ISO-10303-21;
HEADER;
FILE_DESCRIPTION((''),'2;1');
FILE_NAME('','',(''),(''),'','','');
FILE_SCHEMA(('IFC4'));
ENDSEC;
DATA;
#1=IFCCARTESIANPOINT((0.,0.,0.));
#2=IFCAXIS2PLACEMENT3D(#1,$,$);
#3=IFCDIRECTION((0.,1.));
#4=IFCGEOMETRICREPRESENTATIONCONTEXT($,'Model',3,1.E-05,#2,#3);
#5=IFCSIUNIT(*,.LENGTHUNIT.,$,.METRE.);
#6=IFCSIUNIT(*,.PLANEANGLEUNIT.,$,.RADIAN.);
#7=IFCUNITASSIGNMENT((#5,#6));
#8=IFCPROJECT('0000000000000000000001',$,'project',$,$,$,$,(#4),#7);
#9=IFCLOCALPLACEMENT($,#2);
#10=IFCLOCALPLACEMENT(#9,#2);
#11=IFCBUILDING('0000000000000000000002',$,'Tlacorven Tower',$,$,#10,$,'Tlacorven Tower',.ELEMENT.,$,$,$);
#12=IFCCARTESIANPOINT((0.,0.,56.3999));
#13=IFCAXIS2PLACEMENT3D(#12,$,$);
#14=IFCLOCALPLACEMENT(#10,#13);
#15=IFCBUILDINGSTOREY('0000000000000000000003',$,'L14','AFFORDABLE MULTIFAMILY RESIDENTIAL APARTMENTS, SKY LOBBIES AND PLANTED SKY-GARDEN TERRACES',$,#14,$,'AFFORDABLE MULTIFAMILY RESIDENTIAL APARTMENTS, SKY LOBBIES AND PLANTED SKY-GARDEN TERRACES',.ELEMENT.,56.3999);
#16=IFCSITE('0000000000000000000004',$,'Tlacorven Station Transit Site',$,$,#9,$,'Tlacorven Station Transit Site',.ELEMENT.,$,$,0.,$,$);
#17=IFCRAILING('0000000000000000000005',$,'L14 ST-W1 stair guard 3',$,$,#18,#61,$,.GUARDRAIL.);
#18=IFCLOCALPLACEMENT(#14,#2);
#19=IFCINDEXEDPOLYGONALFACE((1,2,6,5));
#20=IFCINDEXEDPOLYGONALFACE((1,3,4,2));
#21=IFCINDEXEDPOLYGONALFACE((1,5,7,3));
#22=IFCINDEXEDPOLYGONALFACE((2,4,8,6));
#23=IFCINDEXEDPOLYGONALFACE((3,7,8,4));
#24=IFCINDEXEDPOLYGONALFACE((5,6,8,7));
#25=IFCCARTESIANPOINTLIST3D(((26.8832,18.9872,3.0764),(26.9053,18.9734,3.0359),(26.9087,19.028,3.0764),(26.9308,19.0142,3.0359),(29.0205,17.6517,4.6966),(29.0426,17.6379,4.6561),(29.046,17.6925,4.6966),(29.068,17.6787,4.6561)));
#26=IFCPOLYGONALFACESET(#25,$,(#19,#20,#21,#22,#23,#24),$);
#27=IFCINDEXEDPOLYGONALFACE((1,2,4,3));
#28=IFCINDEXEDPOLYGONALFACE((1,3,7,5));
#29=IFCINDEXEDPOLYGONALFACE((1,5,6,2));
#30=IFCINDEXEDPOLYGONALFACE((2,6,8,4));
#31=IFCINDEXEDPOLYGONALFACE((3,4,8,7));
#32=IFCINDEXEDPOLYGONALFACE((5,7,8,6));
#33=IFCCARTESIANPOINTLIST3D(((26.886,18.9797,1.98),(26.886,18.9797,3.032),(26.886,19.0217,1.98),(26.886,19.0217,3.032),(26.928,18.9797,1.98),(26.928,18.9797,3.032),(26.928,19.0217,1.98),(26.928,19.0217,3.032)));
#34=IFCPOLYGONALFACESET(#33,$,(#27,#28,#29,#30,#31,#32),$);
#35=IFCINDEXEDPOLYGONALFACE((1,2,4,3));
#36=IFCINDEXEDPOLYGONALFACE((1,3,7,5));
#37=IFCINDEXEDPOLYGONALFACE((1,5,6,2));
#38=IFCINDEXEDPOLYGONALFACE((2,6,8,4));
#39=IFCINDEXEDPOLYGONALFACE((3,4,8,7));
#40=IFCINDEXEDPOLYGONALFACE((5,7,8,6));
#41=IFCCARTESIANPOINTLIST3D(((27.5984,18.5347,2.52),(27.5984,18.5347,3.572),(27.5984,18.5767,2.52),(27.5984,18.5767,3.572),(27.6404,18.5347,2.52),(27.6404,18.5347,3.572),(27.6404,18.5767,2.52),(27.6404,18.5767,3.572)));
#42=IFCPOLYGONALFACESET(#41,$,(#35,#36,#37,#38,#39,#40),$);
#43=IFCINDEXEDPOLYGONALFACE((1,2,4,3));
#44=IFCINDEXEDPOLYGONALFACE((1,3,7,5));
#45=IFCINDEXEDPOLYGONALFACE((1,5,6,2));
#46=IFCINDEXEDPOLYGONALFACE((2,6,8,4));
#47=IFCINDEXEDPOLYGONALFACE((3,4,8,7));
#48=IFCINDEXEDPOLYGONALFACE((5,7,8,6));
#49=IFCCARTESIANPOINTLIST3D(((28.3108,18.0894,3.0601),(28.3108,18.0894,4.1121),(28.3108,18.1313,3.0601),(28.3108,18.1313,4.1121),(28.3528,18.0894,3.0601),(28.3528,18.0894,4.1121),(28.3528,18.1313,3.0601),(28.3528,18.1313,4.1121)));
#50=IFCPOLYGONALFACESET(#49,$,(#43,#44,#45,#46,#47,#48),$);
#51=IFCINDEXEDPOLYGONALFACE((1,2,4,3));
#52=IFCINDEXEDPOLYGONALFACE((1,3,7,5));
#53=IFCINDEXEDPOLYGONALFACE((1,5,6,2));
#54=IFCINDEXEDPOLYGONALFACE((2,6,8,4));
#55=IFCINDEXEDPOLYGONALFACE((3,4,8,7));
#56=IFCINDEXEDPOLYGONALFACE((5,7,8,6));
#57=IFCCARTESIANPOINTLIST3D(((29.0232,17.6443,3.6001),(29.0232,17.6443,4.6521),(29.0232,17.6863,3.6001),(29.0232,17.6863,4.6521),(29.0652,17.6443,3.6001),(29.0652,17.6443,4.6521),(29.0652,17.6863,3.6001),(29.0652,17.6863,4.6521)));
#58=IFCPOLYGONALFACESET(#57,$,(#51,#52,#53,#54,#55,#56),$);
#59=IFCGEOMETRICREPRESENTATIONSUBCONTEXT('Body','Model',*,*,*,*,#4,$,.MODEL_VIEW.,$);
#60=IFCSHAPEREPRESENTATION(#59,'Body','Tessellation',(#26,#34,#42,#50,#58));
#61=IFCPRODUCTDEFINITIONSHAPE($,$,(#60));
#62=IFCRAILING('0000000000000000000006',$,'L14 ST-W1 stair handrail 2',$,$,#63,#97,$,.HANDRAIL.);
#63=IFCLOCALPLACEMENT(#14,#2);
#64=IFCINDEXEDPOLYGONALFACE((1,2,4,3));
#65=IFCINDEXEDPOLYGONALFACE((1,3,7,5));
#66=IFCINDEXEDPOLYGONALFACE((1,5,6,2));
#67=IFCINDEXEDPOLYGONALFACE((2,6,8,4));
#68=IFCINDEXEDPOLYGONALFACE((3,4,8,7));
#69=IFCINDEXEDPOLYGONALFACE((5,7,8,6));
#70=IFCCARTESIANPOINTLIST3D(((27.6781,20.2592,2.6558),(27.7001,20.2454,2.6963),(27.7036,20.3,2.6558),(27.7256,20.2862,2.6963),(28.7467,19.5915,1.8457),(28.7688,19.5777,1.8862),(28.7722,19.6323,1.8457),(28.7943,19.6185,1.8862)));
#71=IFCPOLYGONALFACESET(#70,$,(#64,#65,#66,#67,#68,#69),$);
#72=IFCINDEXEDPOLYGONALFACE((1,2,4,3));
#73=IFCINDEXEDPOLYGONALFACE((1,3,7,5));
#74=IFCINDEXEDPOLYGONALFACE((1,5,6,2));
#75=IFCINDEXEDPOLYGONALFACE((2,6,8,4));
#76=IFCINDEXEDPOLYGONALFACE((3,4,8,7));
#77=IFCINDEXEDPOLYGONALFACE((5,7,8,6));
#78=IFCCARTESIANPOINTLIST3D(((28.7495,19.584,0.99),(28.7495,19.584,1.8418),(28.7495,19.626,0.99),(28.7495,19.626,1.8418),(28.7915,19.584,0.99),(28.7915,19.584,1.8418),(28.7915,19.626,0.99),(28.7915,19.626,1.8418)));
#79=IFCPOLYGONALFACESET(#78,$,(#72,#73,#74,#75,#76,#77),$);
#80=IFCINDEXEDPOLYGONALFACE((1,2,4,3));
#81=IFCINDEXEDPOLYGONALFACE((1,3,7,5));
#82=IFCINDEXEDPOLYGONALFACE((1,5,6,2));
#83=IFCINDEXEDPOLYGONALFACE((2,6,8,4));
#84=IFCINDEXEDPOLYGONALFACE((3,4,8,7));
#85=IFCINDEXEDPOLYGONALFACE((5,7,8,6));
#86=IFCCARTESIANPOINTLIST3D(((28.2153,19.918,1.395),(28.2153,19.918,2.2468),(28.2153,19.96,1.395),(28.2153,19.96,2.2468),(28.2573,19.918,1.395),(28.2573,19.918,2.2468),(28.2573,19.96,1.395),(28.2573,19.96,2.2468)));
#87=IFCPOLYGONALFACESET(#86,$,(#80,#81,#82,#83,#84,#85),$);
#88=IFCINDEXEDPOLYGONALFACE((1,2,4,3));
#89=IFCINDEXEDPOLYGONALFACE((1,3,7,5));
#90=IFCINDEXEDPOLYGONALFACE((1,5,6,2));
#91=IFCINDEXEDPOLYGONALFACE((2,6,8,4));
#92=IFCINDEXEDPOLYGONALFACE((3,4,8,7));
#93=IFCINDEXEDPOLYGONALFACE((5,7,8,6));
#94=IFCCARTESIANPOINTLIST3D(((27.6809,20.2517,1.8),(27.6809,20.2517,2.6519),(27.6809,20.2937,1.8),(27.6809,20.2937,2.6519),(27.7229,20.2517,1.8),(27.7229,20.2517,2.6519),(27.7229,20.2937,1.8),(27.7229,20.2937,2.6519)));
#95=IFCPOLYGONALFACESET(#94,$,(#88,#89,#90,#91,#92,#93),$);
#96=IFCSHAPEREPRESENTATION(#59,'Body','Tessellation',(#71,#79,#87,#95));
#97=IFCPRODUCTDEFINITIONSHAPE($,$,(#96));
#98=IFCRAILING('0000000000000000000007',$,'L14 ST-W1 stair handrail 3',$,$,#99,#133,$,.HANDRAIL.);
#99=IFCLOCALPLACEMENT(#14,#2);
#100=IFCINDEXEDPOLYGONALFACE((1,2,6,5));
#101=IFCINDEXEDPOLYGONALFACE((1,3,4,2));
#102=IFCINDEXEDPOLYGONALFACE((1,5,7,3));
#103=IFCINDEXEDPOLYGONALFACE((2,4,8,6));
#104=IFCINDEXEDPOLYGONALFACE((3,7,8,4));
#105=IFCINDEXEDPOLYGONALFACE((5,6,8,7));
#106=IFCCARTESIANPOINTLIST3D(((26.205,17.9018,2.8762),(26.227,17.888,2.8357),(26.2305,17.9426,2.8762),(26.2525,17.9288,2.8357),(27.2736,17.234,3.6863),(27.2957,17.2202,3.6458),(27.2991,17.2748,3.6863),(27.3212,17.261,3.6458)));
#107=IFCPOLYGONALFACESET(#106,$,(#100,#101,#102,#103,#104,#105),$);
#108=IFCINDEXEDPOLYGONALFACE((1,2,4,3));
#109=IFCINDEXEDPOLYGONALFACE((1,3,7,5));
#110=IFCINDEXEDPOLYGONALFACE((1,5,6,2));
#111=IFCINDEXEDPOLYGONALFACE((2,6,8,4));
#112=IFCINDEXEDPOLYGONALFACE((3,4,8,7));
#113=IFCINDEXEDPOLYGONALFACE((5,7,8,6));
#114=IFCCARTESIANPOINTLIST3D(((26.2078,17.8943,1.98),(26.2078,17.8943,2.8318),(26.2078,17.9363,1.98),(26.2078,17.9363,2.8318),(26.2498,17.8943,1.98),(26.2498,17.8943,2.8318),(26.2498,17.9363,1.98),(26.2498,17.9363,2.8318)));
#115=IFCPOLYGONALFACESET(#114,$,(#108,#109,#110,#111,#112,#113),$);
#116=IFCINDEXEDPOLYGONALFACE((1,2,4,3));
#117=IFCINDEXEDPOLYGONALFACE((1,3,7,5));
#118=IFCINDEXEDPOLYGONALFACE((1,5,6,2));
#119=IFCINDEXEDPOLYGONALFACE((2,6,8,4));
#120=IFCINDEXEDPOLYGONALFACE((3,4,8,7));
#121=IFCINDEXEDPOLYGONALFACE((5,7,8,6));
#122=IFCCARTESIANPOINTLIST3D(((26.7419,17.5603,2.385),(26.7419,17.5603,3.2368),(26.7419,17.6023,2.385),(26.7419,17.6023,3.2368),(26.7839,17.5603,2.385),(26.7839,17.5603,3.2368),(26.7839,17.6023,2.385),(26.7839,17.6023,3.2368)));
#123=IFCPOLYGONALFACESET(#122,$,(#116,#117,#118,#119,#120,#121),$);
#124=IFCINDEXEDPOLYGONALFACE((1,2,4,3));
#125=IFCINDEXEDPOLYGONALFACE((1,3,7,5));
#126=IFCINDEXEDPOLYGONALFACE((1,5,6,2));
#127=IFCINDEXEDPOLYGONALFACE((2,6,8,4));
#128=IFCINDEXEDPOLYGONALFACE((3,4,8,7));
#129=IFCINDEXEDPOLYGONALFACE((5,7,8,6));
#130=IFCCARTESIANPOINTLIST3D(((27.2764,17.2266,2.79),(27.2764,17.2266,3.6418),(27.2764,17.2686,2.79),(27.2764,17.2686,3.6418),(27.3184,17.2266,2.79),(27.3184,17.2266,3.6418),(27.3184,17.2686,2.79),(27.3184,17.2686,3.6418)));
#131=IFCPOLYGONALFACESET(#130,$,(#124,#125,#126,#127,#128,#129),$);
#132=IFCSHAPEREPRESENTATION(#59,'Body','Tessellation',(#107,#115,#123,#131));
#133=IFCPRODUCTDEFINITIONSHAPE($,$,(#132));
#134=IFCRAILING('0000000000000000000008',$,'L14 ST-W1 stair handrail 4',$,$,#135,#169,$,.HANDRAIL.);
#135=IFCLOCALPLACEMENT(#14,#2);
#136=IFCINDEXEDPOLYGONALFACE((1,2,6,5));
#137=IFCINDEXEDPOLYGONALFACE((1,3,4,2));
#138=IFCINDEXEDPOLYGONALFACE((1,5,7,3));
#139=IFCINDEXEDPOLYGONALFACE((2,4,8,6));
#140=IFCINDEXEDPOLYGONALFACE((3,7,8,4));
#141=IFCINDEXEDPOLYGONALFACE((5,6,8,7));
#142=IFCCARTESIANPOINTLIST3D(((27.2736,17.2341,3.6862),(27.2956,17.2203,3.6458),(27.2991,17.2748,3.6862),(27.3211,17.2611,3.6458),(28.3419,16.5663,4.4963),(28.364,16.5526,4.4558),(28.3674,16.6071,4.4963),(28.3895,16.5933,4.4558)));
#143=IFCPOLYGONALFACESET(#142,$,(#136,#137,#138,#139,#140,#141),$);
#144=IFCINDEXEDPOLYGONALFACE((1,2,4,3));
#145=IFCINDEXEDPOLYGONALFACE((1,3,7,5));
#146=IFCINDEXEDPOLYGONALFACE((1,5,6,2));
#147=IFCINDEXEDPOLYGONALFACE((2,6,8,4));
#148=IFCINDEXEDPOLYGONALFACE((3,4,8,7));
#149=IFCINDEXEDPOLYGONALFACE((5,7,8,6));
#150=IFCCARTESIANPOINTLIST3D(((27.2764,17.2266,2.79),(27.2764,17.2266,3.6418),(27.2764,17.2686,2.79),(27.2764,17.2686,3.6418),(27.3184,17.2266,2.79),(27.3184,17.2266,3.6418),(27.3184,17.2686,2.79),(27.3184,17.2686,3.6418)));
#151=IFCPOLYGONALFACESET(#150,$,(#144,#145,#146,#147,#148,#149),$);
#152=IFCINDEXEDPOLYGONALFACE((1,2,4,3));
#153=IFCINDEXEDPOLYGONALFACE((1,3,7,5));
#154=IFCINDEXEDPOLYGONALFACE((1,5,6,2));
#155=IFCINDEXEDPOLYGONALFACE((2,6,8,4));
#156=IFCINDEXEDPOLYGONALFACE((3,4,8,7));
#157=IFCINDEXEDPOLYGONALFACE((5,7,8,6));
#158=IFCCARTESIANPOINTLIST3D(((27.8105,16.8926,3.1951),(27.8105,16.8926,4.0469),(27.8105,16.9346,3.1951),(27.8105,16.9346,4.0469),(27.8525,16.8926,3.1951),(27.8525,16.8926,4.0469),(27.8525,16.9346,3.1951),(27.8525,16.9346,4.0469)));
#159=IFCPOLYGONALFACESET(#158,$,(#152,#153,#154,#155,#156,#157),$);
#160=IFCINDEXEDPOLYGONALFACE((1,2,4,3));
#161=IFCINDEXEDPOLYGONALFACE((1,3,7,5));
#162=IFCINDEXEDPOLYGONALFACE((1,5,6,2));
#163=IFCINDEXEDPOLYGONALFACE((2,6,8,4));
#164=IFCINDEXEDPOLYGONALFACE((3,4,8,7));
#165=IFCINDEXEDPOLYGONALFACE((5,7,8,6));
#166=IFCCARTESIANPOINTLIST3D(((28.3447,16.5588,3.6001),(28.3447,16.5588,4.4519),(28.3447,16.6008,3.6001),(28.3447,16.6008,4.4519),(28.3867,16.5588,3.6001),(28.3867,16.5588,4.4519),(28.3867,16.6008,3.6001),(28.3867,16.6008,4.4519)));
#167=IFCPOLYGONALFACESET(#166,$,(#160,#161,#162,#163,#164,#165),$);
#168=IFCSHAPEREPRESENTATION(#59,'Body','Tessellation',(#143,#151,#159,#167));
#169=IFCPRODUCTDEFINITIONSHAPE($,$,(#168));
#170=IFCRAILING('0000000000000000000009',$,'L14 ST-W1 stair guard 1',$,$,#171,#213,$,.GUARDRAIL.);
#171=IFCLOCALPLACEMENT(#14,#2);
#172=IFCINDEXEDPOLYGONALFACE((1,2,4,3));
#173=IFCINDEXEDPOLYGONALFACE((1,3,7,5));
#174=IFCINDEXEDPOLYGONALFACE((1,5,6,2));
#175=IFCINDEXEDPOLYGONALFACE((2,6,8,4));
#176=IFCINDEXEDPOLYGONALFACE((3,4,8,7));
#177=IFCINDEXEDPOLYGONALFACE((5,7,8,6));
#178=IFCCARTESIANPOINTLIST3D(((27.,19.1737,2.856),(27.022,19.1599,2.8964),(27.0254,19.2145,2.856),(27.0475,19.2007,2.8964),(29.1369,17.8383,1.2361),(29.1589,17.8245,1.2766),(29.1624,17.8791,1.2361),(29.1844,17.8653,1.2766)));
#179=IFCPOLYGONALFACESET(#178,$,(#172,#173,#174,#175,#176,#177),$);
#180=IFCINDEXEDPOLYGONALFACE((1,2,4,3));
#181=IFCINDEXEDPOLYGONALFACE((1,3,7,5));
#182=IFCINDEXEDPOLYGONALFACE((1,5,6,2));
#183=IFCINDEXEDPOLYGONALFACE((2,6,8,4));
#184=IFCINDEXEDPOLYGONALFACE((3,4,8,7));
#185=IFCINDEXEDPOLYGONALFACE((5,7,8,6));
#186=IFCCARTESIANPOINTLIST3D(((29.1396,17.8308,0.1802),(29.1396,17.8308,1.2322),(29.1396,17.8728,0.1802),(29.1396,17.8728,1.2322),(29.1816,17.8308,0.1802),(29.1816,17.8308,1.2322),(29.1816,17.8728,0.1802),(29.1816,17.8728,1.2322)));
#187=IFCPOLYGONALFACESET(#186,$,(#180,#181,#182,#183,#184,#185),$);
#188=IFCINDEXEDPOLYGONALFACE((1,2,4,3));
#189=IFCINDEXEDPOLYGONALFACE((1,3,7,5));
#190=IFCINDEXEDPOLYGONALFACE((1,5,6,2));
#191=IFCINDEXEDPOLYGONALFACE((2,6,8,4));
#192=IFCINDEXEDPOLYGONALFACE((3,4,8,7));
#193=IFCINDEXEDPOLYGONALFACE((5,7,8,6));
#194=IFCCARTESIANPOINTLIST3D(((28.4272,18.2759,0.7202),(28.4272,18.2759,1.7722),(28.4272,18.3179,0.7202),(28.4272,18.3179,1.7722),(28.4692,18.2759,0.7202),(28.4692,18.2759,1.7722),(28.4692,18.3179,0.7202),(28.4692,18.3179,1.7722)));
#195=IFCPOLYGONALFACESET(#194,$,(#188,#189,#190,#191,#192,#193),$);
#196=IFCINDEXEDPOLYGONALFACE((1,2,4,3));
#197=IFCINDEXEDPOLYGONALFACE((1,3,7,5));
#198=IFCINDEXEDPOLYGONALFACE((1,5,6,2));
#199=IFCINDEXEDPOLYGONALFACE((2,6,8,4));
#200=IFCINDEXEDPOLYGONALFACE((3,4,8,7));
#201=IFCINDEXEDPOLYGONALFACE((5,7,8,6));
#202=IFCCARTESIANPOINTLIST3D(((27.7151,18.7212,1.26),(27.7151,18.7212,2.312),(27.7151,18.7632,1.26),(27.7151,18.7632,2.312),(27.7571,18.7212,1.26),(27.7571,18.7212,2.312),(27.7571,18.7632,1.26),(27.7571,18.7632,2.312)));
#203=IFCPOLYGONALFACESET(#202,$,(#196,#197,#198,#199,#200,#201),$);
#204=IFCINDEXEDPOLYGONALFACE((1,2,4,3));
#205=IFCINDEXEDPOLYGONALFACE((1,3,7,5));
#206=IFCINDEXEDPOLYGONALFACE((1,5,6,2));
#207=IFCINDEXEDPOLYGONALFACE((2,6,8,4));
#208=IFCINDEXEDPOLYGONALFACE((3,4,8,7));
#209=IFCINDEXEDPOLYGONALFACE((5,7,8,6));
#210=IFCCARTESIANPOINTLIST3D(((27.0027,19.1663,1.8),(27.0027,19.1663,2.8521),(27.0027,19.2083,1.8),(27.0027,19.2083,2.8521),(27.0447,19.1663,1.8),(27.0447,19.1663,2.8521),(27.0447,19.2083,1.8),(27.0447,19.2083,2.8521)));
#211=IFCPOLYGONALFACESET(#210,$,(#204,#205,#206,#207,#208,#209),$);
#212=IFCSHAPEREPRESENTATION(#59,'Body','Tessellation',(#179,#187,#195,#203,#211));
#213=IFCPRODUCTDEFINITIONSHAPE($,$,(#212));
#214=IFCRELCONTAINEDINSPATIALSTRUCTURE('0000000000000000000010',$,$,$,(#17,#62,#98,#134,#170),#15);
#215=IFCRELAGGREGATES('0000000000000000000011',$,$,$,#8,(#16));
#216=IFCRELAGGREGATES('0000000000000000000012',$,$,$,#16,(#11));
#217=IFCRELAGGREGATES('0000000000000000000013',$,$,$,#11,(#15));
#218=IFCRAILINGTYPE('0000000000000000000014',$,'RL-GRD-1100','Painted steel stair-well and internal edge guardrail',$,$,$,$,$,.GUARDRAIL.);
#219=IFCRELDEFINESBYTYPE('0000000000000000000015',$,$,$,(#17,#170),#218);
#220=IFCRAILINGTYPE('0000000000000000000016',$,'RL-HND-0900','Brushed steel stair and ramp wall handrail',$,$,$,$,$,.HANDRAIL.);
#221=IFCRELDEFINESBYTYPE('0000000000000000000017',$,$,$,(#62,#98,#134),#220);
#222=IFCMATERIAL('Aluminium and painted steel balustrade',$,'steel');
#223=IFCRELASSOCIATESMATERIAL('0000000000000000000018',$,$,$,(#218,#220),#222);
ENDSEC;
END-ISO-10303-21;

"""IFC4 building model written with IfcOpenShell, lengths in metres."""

from ifc_helpers import new_model, si_unit, direction, frame, origin, origin_2d, place, context, subcontext, project, spatial, rectangle, extrude, source, transform, mapped, material, type_object, element, save


model = new_model("IFC4")

# Units and contexts
model_context = context("Model", 3, precision=1e-05, world=origin(), true_north=direction((0.0, 1.0)))
body_context = subcontext(model_context, "Body", "Model", "MODEL_VIEW")
ifc_project = project(units=[si_unit("LENGTHUNIT", "METRE"), si_unit("PLANEANGLEUNIT", "RADIAN")], contexts=[model_context])

# Site, building, storey
site_placement = place(None, origin())
site = spatial("IfcSite", under=ifc_project, at=site_placement, Name="Tlacorven Station Transit Site", LongName="Tlacorven Station Transit Site", CompositionType="ELEMENT", RefElevation=0.0)
building_placement = place(site_placement, origin())
building = spatial("IfcBuilding", under=site, at=building_placement, Name="Tlacorven Tower", LongName="Tlacorven Tower", CompositionType="ELEMENT")
storey_placement = place(building_placement, frame((0.0, 0.0, 56.3999)))
storey = spatial("IfcBuildingStorey", under=building, at=storey_placement, Name="L14", Description="AFFORDABLE MULTIFAMILY RESIDENTIAL APARTMENTS, SKY LOBBIES AND PLANTED SKY-GARDEN TERRACES", LongName="AFFORDABLE MULTIFAMILY RESIDENTIAL APARTMENTS, SKY LOBBIES AND PLANTED SKY-GARDEN TERRACES", CompositionType="ELEMENT", Elevation=56.3999)

# Railings
ifc_material_1 = material(Name="Aluminium and painted steel balustrade", Category="steel")
railing_type_1 = type_object("IfcRailingType", Name="RL-GRD-1100", Description="Painted steel stair-well and internal edge guardrail", PredefinedType="GUARDRAIL", material=ifc_material_1)
shared_shape_1 = source(origin(), body_context, "Body", "SweptSolid", [
    extrude(rectangle(XDim=0.0481, YDim=0.0481, at=origin_2d()), frame((0.0, 0.0, 1.0762), z_axis=(0.71336, -0.445748, 0.540765), x_axis=(0.529912, 0.848053, 0.0)), (0.0, 0.0, 1.0), 2.9961),
    extrude(rectangle(XDim=0.042, YDim=0.042, at=origin_2d()), origin(), (0.0, 0.0, 1.0), 1.052),
    extrude(rectangle(XDim=0.042, YDim=0.042, at=origin_2d()), frame((0.7124, -0.4451, 0.54)), (0.0, 0.0, 1.0), 1.052),
    extrude(rectangle(XDim=0.042, YDim=0.042, at=origin_2d()), frame((1.4248, -0.8904, 1.0801)), (0.0, 0.0, 1.0), 1.052),
    extrude(rectangle(XDim=0.042, YDim=0.042, at=origin_2d()), frame((2.1372, -1.3354, 1.6201)), (0.0, 0.0, 1.0), 1.052),
])
railing_1_placement = place(storey_placement, frame((26.907, 19.0007, 1.98)))
element("IfcRailing", 1, at=railing_1_placement, inside=storey, type_object=railing_type_1, Name="L14 ST-W1 stair guard 3", PredefinedType="GUARDRAIL", context=body_context, shape_type="MappedRepresentation", body=[
    mapped(shared_shape_1, transform((0.0, 0.0, 0.0), scale=1.0)),
])
railing_type_2 = type_object("IfcRailingType", Name="RL-HND-0900", Description="Brushed steel stair and ramp wall handrail", PredefinedType="HANDRAIL", material=ifc_material_1)
shared_shape_2 = source(origin(), body_context, "Body", "SweptSolid", [
    extrude(rectangle(XDim=0.0481, YDim=0.0481, at=origin_2d()), frame((0.0, 0.0, 0.876), z_axis=(-0.71336, 0.445748, 0.540765), x_axis=(-0.529912, -0.848053, 0.0)), (0.0, 0.0, 1.0), 1.498),
    extrude(rectangle(XDim=0.042, YDim=0.042, at=origin_2d()), origin(), (0.0, 0.0, 1.0), 0.8518),
    extrude(rectangle(XDim=0.042, YDim=0.042, at=origin_2d()), frame((-0.5342, 0.334, 0.405)), (0.0, 0.0, 1.0), 0.8518),
    extrude(rectangle(XDim=0.042, YDim=0.042, at=origin_2d()), frame((-1.0686, 0.6677, 0.8101)), (0.0, 0.0, 1.0), 0.8518),
])
railing_2_placement = place(storey_placement, frame((28.7705, 19.605, 0.99)))
element("IfcRailing", 2, at=railing_2_placement, inside=storey, type_object=railing_type_2, Name="L14 ST-W1 stair handrail 2", PredefinedType="HANDRAIL", context=body_context, shape_type="MappedRepresentation", body=[
    mapped(shared_shape_2, transform((0.0, 0.0, 0.0), scale=1.0)),
])
shared_shape_3 = source(origin(), body_context, "Body", "SweptSolid", [
    extrude(rectangle(XDim=0.0481, YDim=0.0481, at=origin_2d()), frame((0.0, 0.0, 0.876), z_axis=(0.71336, -0.445748, 0.540765), x_axis=(0.529912, 0.848053, 0.0)), (0.0, 0.0, 1.0), 1.498),
    extrude(rectangle(XDim=0.042, YDim=0.042, at=origin_2d()), origin(), (0.0, 0.0, 1.0), 0.8518),
    extrude(rectangle(XDim=0.042, YDim=0.042, at=origin_2d()), frame((0.5342, -0.334, 0.405)), (0.0, 0.0, 1.0), 0.8518),
    extrude(rectangle(XDim=0.042, YDim=0.042, at=origin_2d()), frame((1.0686, -0.6677, 0.8101)), (0.0, 0.0, 1.0), 0.8518),
])
railing_3_placement = place(storey_placement, frame((26.2288, 17.9153, 1.98)))
element("IfcRailing", 3, at=railing_3_placement, inside=storey, type_object=railing_type_2, Name="L14 ST-W1 stair handrail 3", PredefinedType="HANDRAIL", context=body_context, shape_type="MappedRepresentation", body=[
    mapped(shared_shape_3, transform((0.0, 0.0, 0.0), scale=1.0)),
])
shared_shape_4 = source(origin(), body_context, "Body", "SweptSolid", [
    extrude(rectangle(XDim=0.0481, YDim=0.0481, at=origin_2d()), frame((0.0, 0.0, 0.876), z_axis=(0.71328, -0.4458, 0.540828), x_axis=(0.529999, 0.847998, 0.0)), (0.0, 0.0, 1.0), 1.4978),
    extrude(rectangle(XDim=0.042, YDim=0.042, at=origin_2d()), origin(), (0.0, 0.0, 1.0), 0.8518),
    extrude(rectangle(XDim=0.042, YDim=0.042, at=origin_2d()), frame((0.5342, -0.334, 0.405)), (0.0, 0.0, 1.0), 0.8518),
    extrude(rectangle(XDim=0.042, YDim=0.042, at=origin_2d()), frame((1.0684, -0.6677, 0.8101)), (0.0, 0.0, 1.0), 0.8518),
])
railing_4_placement = place(storey_placement, frame((27.2974, 17.2476, 2.79)))
element("IfcRailing", 4, at=railing_4_placement, inside=storey, type_object=railing_type_2, Name="L14 ST-W1 stair handrail 4", PredefinedType="HANDRAIL", context=body_context, shape_type="MappedRepresentation", body=[
    mapped(shared_shape_4, transform((0.0, 0.0, 0.0), scale=1.0)),
])
shared_shape_5 = source(origin(), body_context, "Body", "SweptSolid", [
    extrude(rectangle(XDim=0.0481, YDim=0.0481, at=origin_2d()), frame((0.0, 0.0, 1.0762), z_axis=(-0.713351, 0.445794, 0.540739), x_axis=(-0.529955, -0.848026, 0.0)), (0.0, 0.0, 1.0), 2.9956),
    extrude(rectangle(XDim=0.042, YDim=0.042, at=origin_2d()), origin(), (0.0, 0.0, 1.0), 1.052),
    extrude(rectangle(XDim=0.042, YDim=0.042, at=origin_2d()), frame((-0.7124, 0.4451, 0.54)), (0.0, 0.0, 1.0), 1.052),
    extrude(rectangle(XDim=0.042, YDim=0.042, at=origin_2d()), frame((-1.4246, 0.8904, 1.0798)), (0.0, 0.0, 1.0), 1.052),
    extrude(rectangle(XDim=0.042, YDim=0.042, at=origin_2d()), frame((-2.137, 1.3354, 1.6199)), (0.0, 0.0, 1.0), 1.052),
])
railing_5_placement = place(storey_placement, frame((29.1606, 17.8518, 0.1802)))
element("IfcRailing", 5, at=railing_5_placement, inside=storey, type_object=railing_type_1, Name="L14 ST-W1 stair guard 1", PredefinedType="GUARDRAIL", context=body_context, shape_type="MappedRepresentation", body=[
    mapped(shared_shape_5, transform((0.0, 0.0, 0.0), scale=1.0)),
])

save(model, "model.ifc")
